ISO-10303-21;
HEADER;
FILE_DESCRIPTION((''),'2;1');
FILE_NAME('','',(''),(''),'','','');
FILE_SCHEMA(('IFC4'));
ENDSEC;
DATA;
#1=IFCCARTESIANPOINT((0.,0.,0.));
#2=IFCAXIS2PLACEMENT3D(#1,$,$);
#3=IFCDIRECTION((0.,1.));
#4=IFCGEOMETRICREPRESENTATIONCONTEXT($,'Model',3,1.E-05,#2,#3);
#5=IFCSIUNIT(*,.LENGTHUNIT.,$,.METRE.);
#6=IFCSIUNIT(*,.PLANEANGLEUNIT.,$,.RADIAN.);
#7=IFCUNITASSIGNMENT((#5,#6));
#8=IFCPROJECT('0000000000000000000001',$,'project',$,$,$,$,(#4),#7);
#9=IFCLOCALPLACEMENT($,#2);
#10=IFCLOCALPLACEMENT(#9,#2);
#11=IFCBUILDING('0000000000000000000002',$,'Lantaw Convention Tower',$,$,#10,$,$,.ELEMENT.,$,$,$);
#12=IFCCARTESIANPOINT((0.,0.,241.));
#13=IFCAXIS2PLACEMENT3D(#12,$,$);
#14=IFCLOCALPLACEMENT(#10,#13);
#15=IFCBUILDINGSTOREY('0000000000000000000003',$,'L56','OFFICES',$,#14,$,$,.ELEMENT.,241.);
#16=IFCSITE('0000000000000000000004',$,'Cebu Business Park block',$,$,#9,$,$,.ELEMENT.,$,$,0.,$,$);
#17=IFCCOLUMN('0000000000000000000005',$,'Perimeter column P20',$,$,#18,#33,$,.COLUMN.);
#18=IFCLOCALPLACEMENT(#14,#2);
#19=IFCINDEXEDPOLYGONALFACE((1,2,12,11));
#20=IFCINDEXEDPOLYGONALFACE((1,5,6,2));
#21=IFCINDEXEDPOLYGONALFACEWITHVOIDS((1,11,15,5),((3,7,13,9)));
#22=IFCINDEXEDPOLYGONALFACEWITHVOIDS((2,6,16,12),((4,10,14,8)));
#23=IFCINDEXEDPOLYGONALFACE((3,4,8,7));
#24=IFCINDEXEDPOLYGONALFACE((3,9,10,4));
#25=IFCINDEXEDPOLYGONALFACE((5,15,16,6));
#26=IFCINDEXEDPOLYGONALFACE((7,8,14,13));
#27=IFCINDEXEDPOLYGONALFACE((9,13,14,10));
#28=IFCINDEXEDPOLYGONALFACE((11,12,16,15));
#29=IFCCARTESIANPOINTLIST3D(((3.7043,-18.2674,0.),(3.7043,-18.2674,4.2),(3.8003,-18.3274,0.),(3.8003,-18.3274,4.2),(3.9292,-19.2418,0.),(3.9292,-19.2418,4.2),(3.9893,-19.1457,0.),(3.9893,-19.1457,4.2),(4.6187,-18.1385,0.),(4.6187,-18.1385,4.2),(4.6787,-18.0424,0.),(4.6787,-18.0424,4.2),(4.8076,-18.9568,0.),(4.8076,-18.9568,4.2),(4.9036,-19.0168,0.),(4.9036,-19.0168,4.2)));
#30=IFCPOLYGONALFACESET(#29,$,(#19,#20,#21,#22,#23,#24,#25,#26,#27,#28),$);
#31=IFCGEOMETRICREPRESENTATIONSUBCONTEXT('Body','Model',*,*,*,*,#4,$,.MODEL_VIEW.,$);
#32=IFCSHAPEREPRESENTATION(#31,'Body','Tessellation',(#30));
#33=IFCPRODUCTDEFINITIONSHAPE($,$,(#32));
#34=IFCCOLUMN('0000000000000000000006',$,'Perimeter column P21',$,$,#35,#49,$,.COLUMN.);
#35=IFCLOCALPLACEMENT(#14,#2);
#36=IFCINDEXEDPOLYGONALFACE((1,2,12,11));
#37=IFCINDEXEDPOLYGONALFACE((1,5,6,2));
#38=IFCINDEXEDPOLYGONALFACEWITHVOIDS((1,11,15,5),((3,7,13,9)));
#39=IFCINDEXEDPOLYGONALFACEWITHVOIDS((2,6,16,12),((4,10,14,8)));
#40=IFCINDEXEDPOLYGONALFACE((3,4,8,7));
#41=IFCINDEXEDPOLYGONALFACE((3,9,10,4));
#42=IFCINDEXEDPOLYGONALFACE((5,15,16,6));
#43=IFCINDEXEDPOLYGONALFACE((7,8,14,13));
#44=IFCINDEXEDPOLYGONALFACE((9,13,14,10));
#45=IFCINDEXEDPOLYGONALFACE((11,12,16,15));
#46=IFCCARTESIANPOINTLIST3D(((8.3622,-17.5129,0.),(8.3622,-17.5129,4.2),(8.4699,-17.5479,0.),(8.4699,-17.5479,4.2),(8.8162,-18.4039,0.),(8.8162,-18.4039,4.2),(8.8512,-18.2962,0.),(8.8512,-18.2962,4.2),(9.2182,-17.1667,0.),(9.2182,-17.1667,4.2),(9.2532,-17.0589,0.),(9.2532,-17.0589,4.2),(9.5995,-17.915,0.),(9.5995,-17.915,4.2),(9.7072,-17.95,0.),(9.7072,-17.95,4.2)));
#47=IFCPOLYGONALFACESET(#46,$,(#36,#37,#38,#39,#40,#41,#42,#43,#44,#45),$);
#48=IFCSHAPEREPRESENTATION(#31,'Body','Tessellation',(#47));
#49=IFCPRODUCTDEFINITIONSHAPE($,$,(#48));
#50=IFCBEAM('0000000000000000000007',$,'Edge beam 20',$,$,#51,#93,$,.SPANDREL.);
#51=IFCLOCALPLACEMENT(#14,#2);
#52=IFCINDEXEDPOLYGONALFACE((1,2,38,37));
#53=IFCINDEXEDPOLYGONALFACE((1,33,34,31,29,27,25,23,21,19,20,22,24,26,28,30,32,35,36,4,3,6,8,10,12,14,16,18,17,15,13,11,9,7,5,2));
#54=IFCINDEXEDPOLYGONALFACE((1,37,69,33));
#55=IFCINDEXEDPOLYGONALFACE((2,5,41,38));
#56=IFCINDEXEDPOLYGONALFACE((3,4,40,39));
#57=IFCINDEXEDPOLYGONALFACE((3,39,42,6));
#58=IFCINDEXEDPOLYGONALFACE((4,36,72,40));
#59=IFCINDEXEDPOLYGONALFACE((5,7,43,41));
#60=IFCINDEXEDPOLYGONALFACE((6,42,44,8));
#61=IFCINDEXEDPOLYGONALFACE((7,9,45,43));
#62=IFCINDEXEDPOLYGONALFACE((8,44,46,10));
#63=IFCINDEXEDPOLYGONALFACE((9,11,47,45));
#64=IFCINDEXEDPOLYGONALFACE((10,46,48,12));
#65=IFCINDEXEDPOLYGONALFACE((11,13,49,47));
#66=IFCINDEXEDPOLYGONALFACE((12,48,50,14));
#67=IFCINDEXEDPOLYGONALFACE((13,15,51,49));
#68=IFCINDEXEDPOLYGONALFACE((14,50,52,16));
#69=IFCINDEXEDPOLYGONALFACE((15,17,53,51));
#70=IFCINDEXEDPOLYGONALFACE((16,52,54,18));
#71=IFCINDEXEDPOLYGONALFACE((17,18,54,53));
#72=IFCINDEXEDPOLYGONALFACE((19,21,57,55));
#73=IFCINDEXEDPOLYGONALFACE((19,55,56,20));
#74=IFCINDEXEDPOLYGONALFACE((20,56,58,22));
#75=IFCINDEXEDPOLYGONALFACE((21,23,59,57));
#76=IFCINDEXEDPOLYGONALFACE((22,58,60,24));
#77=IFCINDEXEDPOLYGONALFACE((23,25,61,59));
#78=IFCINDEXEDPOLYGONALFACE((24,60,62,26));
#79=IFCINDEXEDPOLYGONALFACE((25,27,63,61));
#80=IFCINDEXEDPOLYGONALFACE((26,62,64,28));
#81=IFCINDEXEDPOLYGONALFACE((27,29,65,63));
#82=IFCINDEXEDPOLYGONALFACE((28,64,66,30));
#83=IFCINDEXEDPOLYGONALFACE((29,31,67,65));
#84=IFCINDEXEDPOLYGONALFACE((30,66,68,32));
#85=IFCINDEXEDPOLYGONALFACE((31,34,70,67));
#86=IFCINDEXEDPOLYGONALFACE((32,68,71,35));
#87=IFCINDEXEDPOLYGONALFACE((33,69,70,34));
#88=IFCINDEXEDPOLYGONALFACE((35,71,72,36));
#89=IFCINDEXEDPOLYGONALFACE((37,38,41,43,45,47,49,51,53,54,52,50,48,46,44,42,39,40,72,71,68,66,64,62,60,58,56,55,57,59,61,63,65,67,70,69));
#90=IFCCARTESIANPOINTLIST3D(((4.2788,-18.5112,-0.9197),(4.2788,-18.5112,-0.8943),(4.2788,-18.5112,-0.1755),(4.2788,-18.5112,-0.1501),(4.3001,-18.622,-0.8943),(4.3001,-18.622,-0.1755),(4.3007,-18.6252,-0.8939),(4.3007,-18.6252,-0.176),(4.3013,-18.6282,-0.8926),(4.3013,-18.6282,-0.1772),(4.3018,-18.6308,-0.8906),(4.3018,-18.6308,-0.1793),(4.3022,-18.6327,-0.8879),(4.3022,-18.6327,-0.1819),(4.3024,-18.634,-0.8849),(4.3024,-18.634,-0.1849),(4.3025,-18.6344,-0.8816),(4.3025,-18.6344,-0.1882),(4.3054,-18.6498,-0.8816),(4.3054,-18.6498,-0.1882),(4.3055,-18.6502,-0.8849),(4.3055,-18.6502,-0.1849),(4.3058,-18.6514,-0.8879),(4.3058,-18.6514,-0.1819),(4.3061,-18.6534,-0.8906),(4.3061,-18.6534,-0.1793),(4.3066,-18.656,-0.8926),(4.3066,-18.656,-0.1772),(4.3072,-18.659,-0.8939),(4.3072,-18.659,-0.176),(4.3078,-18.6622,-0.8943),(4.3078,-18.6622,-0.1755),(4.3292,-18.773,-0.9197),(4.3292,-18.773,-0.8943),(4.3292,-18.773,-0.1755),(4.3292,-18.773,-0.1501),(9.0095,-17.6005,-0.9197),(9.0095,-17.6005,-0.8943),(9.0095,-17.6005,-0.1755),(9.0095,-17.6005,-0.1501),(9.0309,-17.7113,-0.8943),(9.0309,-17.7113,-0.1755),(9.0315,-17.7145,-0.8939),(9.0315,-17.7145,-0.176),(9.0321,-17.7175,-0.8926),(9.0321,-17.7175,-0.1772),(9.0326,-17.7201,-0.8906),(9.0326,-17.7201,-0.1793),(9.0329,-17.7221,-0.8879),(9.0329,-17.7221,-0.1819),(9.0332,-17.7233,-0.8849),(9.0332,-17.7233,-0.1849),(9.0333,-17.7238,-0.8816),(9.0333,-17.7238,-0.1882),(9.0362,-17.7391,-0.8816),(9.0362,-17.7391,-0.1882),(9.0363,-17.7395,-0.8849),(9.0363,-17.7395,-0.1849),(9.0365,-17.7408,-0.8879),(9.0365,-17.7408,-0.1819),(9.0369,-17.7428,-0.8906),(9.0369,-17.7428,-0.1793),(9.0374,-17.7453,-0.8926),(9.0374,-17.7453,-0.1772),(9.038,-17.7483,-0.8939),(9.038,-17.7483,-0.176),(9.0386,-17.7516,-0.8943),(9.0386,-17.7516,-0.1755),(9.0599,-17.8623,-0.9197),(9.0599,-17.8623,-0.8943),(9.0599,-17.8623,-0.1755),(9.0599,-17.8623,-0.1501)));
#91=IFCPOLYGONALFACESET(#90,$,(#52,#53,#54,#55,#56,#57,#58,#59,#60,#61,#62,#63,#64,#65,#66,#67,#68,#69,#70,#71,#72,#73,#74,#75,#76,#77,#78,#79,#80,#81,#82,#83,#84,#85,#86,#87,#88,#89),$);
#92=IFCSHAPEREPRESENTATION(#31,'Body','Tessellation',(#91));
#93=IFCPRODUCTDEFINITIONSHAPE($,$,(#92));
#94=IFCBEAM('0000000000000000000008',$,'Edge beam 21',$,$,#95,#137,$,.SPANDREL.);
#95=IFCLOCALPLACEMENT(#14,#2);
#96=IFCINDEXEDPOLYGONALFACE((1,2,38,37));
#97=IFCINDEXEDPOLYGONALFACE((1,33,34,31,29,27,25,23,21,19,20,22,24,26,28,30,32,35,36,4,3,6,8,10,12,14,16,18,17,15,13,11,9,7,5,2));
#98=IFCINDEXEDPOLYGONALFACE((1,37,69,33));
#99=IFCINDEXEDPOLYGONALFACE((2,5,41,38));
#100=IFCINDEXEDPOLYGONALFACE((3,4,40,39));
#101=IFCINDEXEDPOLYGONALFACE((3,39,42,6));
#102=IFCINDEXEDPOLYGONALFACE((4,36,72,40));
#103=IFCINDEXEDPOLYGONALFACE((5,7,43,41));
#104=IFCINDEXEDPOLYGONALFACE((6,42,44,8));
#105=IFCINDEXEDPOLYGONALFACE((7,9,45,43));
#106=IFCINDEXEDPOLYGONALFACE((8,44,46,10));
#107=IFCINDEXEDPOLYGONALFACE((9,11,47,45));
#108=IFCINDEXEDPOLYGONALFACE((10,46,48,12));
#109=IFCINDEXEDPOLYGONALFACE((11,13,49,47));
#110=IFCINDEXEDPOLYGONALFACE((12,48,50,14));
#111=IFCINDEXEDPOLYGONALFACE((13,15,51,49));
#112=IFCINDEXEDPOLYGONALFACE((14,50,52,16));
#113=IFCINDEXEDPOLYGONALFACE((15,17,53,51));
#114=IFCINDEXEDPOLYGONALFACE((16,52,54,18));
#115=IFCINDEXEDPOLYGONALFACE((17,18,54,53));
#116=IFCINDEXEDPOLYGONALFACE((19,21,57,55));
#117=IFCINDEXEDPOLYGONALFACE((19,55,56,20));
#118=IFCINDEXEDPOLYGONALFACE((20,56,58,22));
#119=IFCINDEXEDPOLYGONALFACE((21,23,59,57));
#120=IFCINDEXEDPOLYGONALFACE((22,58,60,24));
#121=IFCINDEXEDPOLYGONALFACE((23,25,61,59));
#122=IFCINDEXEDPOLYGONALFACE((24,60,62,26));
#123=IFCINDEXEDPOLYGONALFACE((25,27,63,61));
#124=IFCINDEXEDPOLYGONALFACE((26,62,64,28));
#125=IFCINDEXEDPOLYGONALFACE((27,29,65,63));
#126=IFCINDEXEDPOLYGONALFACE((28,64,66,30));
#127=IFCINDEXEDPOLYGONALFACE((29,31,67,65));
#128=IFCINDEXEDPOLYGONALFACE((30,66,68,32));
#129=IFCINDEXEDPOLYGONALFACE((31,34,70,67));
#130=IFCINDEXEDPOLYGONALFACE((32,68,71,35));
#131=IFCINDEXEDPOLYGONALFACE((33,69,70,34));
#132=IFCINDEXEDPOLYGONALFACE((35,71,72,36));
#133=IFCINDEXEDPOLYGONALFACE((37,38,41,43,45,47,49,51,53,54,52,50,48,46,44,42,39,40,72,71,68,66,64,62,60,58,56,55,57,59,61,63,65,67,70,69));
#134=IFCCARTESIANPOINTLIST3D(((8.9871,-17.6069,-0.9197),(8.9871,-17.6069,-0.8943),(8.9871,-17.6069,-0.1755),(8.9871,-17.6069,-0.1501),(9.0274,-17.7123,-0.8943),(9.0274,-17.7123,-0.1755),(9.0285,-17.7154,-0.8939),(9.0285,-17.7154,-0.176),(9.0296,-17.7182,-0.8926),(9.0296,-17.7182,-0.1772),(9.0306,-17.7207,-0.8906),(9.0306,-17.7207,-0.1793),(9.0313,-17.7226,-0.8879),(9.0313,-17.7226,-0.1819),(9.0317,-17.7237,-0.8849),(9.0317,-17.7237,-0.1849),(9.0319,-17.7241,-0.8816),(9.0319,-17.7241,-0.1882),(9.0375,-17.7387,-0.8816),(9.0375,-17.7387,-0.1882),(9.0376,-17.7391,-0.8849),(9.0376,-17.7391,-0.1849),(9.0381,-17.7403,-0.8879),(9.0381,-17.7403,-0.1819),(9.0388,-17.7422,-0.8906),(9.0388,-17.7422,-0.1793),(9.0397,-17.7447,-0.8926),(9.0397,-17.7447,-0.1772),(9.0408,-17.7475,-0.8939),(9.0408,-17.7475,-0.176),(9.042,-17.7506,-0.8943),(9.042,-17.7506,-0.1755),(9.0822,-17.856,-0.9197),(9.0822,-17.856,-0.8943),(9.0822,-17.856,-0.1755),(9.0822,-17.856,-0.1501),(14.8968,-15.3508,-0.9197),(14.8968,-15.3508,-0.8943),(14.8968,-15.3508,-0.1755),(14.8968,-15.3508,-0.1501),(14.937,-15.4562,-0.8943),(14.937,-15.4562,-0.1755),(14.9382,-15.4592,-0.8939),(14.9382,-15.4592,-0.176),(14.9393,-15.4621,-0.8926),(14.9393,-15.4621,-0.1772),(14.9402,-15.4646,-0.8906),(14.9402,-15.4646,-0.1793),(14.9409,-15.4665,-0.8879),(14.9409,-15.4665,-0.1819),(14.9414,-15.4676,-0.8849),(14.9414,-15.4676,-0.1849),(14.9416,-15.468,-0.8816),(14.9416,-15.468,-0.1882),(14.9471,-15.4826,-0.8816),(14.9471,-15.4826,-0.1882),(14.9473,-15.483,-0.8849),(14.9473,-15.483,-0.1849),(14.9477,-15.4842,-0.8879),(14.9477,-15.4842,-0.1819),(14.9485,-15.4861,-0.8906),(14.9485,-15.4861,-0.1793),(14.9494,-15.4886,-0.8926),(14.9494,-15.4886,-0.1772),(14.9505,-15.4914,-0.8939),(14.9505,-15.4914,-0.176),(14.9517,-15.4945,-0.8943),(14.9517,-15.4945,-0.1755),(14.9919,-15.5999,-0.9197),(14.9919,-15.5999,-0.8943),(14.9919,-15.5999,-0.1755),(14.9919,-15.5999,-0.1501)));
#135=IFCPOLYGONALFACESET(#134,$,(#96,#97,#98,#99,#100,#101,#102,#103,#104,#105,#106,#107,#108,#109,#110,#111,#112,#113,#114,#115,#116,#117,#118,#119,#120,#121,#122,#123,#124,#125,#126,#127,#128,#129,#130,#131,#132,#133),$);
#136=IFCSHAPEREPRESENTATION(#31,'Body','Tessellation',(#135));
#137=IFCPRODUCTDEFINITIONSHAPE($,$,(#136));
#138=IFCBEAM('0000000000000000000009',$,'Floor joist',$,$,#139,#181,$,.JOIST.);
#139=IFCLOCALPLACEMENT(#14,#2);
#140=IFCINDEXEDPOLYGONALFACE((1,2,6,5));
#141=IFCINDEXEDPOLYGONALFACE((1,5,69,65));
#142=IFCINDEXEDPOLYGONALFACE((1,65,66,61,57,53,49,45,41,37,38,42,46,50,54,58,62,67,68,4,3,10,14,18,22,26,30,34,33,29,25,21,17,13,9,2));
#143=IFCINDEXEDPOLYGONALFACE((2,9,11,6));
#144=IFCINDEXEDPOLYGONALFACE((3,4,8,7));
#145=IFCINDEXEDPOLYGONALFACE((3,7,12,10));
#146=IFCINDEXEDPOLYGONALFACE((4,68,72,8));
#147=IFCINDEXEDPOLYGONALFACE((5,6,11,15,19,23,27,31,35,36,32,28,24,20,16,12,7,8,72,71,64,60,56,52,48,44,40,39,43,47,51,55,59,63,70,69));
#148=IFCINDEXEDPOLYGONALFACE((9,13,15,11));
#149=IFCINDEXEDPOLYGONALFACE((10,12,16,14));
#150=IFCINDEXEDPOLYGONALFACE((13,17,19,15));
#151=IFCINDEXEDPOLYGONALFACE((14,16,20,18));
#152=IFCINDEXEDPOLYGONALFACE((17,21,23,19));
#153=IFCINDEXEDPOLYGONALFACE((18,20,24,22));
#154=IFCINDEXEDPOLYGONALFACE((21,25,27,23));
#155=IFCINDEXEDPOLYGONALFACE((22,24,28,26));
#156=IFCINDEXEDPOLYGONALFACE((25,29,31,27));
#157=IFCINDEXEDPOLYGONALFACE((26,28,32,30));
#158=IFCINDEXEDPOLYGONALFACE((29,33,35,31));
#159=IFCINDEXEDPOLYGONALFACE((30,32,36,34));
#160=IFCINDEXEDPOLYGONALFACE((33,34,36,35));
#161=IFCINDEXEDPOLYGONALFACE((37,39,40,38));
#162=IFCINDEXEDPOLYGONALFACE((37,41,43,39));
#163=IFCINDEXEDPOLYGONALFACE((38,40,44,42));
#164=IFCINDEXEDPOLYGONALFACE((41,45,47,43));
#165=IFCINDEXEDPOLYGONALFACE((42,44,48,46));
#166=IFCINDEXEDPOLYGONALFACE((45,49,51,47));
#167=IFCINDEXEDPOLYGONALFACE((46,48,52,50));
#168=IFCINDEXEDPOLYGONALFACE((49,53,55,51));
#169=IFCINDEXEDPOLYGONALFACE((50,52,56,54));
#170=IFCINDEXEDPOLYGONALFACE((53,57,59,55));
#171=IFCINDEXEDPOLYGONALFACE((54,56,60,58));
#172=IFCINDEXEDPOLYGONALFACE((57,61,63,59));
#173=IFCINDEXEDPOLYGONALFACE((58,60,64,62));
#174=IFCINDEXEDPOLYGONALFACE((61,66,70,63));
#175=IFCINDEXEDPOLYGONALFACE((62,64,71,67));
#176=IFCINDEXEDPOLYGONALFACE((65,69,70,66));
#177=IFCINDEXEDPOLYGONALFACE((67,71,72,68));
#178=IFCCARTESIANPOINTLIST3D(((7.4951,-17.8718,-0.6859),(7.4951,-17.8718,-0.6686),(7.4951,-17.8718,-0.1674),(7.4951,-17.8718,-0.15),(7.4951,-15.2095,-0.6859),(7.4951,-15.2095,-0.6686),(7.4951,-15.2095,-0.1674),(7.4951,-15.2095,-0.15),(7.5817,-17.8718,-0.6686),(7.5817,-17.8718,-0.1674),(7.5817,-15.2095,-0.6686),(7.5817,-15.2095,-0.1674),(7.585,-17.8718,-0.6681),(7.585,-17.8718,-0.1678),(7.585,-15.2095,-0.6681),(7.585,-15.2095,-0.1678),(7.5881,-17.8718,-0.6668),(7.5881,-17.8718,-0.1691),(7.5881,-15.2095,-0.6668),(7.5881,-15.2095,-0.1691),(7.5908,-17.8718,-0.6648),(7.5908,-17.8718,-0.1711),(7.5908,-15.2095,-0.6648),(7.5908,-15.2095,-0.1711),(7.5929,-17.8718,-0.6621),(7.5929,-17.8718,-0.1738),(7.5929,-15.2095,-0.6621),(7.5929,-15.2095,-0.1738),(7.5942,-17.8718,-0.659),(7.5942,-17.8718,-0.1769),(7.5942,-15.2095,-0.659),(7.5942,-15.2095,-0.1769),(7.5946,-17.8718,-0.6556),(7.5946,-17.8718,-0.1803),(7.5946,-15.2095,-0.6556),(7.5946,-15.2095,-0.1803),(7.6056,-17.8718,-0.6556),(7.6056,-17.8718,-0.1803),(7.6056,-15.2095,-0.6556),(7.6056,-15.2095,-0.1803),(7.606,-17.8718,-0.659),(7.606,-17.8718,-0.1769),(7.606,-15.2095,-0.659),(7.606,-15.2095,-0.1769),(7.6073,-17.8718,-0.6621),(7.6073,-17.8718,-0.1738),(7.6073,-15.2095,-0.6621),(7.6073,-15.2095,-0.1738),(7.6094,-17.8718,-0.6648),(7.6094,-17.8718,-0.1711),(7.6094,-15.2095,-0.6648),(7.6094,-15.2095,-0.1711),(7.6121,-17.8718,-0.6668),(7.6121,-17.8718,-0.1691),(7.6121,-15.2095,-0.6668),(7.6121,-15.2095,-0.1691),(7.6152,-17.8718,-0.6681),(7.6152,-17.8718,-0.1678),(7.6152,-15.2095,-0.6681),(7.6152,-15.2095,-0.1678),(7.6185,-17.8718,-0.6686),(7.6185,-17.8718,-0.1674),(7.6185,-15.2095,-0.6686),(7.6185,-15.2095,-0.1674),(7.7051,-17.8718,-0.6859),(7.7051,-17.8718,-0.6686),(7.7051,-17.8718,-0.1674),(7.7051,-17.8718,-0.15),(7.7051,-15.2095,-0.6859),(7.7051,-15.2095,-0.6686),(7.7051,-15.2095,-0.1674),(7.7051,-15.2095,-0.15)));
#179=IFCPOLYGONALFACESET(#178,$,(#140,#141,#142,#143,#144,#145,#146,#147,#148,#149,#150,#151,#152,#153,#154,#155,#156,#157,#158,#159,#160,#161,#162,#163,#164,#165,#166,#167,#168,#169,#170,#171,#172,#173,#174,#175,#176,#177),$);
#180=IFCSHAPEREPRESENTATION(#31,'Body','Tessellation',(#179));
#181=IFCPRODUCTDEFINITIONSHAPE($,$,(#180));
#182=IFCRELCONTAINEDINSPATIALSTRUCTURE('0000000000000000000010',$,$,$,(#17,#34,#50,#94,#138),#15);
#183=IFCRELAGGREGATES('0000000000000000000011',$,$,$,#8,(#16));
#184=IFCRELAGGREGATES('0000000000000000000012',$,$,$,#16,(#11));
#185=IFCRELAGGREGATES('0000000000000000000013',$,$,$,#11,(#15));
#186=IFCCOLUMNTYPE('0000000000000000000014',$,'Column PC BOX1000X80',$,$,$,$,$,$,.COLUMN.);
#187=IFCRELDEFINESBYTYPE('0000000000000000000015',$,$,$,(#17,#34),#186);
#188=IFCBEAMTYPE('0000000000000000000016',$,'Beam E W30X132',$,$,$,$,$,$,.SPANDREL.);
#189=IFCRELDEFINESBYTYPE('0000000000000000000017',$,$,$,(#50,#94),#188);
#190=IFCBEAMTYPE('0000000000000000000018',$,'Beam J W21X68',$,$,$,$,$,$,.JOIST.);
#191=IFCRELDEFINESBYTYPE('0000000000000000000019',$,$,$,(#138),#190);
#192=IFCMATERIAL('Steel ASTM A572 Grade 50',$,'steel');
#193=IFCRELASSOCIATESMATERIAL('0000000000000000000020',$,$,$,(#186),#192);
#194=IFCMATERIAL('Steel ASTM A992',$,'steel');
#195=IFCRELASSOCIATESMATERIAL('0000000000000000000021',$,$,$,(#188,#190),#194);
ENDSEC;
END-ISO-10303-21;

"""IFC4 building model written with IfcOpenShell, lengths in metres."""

from ifc_helpers import new_model, si_unit, direction, frame, origin, origin_2d, place, context, subcontext, project, spatial, rectangle, hollow_rectangle, i_section, extrude, material, material_profile, profile_set, type_object, element, save


model = new_model("IFC4")

# Units and contexts
model_context = context("Model", 3, precision=1e-05, world=origin(), true_north=direction((0.0, 1.0)))
body_context = subcontext(model_context, "Body", "Model", "MODEL_VIEW")
ifc_project = project(units=[si_unit("LENGTHUNIT", "METRE"), si_unit("PLANEANGLEUNIT", "RADIAN")], contexts=[model_context])

# Site, building, storey
site_placement = place(None, origin())
site = spatial("IfcSite", under=ifc_project, at=site_placement, Name="Cebu Business Park block", CompositionType="ELEMENT", RefElevation=0.0)
building_placement = place(site_placement, origin())
building = spatial("IfcBuilding", under=site, at=building_placement, Name="Lantaw Convention Tower", CompositionType="ELEMENT")
storey_placement = place(building_placement, frame((0.0, 0.0, 241.0)))
storey = spatial("IfcBuildingStorey", under=building, at=storey_placement, Name="L56", Description="OFFICES", CompositionType="ELEMENT", Elevation=241.0)

# Columns
ifc_material_1 = material(Name="Steel ASTM A572 Grade 50", Category="steel")
ifc_material_profile_1 = material_profile(ifc_material_1, hollow_rectangle(XDim=1.0, YDim=1.0, WallThickness=0.0801, at=origin_2d()), Name="BOX1000X80")
ifc_material_2 = material(Name="Concrete C60/75", Category="concrete")
ifc_material_profile_2 = material_profile(ifc_material_2, rectangle(XDim=0.8401, YDim=0.8401, at=origin_2d()), Name="Concrete fill of BOX1000X80")
ifc_profile_set_1 = profile_set([ifc_material_profile_1, ifc_material_profile_2], Name="Steel ASTM A572 Grade 50")
column_type = type_object("IfcColumnType", Name="Column PC BOX1000X80", PredefinedType="COLUMN", material=ifc_profile_set_1)
for number, where, z_axis, x_axis, name in (
    (1, (4.304, -18.6421, 0.0), (0.0, 0.0, 1.0), (0.97437, 0.224951, 0.0), "Perimeter column P20"),
    (2, (9.0347, -17.7314, 0.0), (0.0, 0.0, 1.0), (0.891007, 0.45399, 0.0), "Perimeter column P21"),
):
    element("IfcColumn", number, at=place(storey_placement, frame(where, z_axis=z_axis, x_axis=x_axis)), inside=storey, type_object=column_type, Name=name, PredefinedType="COLUMN", context=body_context, shape_type="SweptSolid", body=[
        extrude(hollow_rectangle(XDim=1.0, YDim=1.0, WallThickness=0.0801, at=origin_2d()), origin(), (0.0, 0.0, 1.0), 4.2),
    ])

# Beams
ifc_material_3 = material(Name="Steel ASTM A992", Category="steel")
ifc_material_profile_3 = material_profile(ifc_material_3, i_section(OverallWidth=0.2666, OverallDepth=0.7695, WebThickness=0.0156, FlangeThickness=0.0254, FilletRadius=0.0127, at=origin_2d()), Name="W30X132")
ifc_profile_set_2 = profile_set([ifc_material_profile_3], Name="Steel ASTM A992")
beam_type_1 = type_object("IfcBeamType", Name="Beam E W30X132", PredefinedType="SPANDREL", material=ifc_profile_set_2)
beam_1_placement = place(storey_placement, frame((4.304, -18.6421, -0.5349), z_axis=(0.981972, 0.189026, 0.0), x_axis=(-0.189026, 0.981972, 0.0)))
element("IfcBeam", 3, at=beam_1_placement, inside=storey, type_object=beam_type_1, Name="Edge beam 20", PredefinedType="SPANDREL", context=body_context, shape_type="SweptSolid", body=[
    extrude(i_section(OverallWidth=0.2666, OverallDepth=0.7695, WebThickness=0.0156, FlangeThickness=0.0254, FilletRadius=0.0127, at=origin_2d()), origin(), (0.0, 0.0, 1.0), 4.8176),
])
beam_2_placement = place(storey_placement, frame((9.0347, -17.7314, -0.5349), z_axis=(0.934235, 0.356658, 0.0), x_axis=(-0.356658, 0.934235, 0.0)))
element("IfcBeam", 4, at=beam_2_placement, inside=storey, type_object=beam_type_1, Name="Edge beam 21", PredefinedType="SPANDREL", context=body_context, shape_type="SweptSolid", body=[
    extrude(i_section(OverallWidth=0.2666, OverallDepth=0.7695, WebThickness=0.0156, FlangeThickness=0.0254, FilletRadius=0.0127, at=origin_2d()), origin(), (0.0, 0.0, 1.0), 6.3257),
])
ifc_material_profile_4 = material_profile(ifc_material_3, i_section(OverallWidth=0.21, OverallDepth=0.5359, WebThickness=0.011, FlangeThickness=0.0173, FilletRadius=0.0129, at=origin_2d()), Name="W21X68")
ifc_profile_set_3 = profile_set([ifc_material_profile_4], Name="Steel ASTM A992")
beam_type_2 = type_object("IfcBeamType", Name="Beam J W21X68", PredefinedType="JOIST", material=ifc_profile_set_3)
beam_3_placement = place(storey_placement, frame((7.6001, -17.8718, -0.418), z_axis=(0.0, 1.0, 0.0), x_axis=(-1.0, 0.0, 0.0)))
element("IfcBeam", 5, at=beam_3_placement, inside=storey, type_object=beam_type_2, Name="Floor joist", PredefinedType="JOIST", context=body_context, shape_type="SweptSolid", body=[
    extrude(i_section(OverallWidth=0.21, OverallDepth=0.5359, WebThickness=0.011, FlangeThickness=0.0173, FilletRadius=0.0129, at=origin_2d()), origin(), (0.0, 0.0, 1.0), 2.6624),
])

save(model, "model.ifc")
